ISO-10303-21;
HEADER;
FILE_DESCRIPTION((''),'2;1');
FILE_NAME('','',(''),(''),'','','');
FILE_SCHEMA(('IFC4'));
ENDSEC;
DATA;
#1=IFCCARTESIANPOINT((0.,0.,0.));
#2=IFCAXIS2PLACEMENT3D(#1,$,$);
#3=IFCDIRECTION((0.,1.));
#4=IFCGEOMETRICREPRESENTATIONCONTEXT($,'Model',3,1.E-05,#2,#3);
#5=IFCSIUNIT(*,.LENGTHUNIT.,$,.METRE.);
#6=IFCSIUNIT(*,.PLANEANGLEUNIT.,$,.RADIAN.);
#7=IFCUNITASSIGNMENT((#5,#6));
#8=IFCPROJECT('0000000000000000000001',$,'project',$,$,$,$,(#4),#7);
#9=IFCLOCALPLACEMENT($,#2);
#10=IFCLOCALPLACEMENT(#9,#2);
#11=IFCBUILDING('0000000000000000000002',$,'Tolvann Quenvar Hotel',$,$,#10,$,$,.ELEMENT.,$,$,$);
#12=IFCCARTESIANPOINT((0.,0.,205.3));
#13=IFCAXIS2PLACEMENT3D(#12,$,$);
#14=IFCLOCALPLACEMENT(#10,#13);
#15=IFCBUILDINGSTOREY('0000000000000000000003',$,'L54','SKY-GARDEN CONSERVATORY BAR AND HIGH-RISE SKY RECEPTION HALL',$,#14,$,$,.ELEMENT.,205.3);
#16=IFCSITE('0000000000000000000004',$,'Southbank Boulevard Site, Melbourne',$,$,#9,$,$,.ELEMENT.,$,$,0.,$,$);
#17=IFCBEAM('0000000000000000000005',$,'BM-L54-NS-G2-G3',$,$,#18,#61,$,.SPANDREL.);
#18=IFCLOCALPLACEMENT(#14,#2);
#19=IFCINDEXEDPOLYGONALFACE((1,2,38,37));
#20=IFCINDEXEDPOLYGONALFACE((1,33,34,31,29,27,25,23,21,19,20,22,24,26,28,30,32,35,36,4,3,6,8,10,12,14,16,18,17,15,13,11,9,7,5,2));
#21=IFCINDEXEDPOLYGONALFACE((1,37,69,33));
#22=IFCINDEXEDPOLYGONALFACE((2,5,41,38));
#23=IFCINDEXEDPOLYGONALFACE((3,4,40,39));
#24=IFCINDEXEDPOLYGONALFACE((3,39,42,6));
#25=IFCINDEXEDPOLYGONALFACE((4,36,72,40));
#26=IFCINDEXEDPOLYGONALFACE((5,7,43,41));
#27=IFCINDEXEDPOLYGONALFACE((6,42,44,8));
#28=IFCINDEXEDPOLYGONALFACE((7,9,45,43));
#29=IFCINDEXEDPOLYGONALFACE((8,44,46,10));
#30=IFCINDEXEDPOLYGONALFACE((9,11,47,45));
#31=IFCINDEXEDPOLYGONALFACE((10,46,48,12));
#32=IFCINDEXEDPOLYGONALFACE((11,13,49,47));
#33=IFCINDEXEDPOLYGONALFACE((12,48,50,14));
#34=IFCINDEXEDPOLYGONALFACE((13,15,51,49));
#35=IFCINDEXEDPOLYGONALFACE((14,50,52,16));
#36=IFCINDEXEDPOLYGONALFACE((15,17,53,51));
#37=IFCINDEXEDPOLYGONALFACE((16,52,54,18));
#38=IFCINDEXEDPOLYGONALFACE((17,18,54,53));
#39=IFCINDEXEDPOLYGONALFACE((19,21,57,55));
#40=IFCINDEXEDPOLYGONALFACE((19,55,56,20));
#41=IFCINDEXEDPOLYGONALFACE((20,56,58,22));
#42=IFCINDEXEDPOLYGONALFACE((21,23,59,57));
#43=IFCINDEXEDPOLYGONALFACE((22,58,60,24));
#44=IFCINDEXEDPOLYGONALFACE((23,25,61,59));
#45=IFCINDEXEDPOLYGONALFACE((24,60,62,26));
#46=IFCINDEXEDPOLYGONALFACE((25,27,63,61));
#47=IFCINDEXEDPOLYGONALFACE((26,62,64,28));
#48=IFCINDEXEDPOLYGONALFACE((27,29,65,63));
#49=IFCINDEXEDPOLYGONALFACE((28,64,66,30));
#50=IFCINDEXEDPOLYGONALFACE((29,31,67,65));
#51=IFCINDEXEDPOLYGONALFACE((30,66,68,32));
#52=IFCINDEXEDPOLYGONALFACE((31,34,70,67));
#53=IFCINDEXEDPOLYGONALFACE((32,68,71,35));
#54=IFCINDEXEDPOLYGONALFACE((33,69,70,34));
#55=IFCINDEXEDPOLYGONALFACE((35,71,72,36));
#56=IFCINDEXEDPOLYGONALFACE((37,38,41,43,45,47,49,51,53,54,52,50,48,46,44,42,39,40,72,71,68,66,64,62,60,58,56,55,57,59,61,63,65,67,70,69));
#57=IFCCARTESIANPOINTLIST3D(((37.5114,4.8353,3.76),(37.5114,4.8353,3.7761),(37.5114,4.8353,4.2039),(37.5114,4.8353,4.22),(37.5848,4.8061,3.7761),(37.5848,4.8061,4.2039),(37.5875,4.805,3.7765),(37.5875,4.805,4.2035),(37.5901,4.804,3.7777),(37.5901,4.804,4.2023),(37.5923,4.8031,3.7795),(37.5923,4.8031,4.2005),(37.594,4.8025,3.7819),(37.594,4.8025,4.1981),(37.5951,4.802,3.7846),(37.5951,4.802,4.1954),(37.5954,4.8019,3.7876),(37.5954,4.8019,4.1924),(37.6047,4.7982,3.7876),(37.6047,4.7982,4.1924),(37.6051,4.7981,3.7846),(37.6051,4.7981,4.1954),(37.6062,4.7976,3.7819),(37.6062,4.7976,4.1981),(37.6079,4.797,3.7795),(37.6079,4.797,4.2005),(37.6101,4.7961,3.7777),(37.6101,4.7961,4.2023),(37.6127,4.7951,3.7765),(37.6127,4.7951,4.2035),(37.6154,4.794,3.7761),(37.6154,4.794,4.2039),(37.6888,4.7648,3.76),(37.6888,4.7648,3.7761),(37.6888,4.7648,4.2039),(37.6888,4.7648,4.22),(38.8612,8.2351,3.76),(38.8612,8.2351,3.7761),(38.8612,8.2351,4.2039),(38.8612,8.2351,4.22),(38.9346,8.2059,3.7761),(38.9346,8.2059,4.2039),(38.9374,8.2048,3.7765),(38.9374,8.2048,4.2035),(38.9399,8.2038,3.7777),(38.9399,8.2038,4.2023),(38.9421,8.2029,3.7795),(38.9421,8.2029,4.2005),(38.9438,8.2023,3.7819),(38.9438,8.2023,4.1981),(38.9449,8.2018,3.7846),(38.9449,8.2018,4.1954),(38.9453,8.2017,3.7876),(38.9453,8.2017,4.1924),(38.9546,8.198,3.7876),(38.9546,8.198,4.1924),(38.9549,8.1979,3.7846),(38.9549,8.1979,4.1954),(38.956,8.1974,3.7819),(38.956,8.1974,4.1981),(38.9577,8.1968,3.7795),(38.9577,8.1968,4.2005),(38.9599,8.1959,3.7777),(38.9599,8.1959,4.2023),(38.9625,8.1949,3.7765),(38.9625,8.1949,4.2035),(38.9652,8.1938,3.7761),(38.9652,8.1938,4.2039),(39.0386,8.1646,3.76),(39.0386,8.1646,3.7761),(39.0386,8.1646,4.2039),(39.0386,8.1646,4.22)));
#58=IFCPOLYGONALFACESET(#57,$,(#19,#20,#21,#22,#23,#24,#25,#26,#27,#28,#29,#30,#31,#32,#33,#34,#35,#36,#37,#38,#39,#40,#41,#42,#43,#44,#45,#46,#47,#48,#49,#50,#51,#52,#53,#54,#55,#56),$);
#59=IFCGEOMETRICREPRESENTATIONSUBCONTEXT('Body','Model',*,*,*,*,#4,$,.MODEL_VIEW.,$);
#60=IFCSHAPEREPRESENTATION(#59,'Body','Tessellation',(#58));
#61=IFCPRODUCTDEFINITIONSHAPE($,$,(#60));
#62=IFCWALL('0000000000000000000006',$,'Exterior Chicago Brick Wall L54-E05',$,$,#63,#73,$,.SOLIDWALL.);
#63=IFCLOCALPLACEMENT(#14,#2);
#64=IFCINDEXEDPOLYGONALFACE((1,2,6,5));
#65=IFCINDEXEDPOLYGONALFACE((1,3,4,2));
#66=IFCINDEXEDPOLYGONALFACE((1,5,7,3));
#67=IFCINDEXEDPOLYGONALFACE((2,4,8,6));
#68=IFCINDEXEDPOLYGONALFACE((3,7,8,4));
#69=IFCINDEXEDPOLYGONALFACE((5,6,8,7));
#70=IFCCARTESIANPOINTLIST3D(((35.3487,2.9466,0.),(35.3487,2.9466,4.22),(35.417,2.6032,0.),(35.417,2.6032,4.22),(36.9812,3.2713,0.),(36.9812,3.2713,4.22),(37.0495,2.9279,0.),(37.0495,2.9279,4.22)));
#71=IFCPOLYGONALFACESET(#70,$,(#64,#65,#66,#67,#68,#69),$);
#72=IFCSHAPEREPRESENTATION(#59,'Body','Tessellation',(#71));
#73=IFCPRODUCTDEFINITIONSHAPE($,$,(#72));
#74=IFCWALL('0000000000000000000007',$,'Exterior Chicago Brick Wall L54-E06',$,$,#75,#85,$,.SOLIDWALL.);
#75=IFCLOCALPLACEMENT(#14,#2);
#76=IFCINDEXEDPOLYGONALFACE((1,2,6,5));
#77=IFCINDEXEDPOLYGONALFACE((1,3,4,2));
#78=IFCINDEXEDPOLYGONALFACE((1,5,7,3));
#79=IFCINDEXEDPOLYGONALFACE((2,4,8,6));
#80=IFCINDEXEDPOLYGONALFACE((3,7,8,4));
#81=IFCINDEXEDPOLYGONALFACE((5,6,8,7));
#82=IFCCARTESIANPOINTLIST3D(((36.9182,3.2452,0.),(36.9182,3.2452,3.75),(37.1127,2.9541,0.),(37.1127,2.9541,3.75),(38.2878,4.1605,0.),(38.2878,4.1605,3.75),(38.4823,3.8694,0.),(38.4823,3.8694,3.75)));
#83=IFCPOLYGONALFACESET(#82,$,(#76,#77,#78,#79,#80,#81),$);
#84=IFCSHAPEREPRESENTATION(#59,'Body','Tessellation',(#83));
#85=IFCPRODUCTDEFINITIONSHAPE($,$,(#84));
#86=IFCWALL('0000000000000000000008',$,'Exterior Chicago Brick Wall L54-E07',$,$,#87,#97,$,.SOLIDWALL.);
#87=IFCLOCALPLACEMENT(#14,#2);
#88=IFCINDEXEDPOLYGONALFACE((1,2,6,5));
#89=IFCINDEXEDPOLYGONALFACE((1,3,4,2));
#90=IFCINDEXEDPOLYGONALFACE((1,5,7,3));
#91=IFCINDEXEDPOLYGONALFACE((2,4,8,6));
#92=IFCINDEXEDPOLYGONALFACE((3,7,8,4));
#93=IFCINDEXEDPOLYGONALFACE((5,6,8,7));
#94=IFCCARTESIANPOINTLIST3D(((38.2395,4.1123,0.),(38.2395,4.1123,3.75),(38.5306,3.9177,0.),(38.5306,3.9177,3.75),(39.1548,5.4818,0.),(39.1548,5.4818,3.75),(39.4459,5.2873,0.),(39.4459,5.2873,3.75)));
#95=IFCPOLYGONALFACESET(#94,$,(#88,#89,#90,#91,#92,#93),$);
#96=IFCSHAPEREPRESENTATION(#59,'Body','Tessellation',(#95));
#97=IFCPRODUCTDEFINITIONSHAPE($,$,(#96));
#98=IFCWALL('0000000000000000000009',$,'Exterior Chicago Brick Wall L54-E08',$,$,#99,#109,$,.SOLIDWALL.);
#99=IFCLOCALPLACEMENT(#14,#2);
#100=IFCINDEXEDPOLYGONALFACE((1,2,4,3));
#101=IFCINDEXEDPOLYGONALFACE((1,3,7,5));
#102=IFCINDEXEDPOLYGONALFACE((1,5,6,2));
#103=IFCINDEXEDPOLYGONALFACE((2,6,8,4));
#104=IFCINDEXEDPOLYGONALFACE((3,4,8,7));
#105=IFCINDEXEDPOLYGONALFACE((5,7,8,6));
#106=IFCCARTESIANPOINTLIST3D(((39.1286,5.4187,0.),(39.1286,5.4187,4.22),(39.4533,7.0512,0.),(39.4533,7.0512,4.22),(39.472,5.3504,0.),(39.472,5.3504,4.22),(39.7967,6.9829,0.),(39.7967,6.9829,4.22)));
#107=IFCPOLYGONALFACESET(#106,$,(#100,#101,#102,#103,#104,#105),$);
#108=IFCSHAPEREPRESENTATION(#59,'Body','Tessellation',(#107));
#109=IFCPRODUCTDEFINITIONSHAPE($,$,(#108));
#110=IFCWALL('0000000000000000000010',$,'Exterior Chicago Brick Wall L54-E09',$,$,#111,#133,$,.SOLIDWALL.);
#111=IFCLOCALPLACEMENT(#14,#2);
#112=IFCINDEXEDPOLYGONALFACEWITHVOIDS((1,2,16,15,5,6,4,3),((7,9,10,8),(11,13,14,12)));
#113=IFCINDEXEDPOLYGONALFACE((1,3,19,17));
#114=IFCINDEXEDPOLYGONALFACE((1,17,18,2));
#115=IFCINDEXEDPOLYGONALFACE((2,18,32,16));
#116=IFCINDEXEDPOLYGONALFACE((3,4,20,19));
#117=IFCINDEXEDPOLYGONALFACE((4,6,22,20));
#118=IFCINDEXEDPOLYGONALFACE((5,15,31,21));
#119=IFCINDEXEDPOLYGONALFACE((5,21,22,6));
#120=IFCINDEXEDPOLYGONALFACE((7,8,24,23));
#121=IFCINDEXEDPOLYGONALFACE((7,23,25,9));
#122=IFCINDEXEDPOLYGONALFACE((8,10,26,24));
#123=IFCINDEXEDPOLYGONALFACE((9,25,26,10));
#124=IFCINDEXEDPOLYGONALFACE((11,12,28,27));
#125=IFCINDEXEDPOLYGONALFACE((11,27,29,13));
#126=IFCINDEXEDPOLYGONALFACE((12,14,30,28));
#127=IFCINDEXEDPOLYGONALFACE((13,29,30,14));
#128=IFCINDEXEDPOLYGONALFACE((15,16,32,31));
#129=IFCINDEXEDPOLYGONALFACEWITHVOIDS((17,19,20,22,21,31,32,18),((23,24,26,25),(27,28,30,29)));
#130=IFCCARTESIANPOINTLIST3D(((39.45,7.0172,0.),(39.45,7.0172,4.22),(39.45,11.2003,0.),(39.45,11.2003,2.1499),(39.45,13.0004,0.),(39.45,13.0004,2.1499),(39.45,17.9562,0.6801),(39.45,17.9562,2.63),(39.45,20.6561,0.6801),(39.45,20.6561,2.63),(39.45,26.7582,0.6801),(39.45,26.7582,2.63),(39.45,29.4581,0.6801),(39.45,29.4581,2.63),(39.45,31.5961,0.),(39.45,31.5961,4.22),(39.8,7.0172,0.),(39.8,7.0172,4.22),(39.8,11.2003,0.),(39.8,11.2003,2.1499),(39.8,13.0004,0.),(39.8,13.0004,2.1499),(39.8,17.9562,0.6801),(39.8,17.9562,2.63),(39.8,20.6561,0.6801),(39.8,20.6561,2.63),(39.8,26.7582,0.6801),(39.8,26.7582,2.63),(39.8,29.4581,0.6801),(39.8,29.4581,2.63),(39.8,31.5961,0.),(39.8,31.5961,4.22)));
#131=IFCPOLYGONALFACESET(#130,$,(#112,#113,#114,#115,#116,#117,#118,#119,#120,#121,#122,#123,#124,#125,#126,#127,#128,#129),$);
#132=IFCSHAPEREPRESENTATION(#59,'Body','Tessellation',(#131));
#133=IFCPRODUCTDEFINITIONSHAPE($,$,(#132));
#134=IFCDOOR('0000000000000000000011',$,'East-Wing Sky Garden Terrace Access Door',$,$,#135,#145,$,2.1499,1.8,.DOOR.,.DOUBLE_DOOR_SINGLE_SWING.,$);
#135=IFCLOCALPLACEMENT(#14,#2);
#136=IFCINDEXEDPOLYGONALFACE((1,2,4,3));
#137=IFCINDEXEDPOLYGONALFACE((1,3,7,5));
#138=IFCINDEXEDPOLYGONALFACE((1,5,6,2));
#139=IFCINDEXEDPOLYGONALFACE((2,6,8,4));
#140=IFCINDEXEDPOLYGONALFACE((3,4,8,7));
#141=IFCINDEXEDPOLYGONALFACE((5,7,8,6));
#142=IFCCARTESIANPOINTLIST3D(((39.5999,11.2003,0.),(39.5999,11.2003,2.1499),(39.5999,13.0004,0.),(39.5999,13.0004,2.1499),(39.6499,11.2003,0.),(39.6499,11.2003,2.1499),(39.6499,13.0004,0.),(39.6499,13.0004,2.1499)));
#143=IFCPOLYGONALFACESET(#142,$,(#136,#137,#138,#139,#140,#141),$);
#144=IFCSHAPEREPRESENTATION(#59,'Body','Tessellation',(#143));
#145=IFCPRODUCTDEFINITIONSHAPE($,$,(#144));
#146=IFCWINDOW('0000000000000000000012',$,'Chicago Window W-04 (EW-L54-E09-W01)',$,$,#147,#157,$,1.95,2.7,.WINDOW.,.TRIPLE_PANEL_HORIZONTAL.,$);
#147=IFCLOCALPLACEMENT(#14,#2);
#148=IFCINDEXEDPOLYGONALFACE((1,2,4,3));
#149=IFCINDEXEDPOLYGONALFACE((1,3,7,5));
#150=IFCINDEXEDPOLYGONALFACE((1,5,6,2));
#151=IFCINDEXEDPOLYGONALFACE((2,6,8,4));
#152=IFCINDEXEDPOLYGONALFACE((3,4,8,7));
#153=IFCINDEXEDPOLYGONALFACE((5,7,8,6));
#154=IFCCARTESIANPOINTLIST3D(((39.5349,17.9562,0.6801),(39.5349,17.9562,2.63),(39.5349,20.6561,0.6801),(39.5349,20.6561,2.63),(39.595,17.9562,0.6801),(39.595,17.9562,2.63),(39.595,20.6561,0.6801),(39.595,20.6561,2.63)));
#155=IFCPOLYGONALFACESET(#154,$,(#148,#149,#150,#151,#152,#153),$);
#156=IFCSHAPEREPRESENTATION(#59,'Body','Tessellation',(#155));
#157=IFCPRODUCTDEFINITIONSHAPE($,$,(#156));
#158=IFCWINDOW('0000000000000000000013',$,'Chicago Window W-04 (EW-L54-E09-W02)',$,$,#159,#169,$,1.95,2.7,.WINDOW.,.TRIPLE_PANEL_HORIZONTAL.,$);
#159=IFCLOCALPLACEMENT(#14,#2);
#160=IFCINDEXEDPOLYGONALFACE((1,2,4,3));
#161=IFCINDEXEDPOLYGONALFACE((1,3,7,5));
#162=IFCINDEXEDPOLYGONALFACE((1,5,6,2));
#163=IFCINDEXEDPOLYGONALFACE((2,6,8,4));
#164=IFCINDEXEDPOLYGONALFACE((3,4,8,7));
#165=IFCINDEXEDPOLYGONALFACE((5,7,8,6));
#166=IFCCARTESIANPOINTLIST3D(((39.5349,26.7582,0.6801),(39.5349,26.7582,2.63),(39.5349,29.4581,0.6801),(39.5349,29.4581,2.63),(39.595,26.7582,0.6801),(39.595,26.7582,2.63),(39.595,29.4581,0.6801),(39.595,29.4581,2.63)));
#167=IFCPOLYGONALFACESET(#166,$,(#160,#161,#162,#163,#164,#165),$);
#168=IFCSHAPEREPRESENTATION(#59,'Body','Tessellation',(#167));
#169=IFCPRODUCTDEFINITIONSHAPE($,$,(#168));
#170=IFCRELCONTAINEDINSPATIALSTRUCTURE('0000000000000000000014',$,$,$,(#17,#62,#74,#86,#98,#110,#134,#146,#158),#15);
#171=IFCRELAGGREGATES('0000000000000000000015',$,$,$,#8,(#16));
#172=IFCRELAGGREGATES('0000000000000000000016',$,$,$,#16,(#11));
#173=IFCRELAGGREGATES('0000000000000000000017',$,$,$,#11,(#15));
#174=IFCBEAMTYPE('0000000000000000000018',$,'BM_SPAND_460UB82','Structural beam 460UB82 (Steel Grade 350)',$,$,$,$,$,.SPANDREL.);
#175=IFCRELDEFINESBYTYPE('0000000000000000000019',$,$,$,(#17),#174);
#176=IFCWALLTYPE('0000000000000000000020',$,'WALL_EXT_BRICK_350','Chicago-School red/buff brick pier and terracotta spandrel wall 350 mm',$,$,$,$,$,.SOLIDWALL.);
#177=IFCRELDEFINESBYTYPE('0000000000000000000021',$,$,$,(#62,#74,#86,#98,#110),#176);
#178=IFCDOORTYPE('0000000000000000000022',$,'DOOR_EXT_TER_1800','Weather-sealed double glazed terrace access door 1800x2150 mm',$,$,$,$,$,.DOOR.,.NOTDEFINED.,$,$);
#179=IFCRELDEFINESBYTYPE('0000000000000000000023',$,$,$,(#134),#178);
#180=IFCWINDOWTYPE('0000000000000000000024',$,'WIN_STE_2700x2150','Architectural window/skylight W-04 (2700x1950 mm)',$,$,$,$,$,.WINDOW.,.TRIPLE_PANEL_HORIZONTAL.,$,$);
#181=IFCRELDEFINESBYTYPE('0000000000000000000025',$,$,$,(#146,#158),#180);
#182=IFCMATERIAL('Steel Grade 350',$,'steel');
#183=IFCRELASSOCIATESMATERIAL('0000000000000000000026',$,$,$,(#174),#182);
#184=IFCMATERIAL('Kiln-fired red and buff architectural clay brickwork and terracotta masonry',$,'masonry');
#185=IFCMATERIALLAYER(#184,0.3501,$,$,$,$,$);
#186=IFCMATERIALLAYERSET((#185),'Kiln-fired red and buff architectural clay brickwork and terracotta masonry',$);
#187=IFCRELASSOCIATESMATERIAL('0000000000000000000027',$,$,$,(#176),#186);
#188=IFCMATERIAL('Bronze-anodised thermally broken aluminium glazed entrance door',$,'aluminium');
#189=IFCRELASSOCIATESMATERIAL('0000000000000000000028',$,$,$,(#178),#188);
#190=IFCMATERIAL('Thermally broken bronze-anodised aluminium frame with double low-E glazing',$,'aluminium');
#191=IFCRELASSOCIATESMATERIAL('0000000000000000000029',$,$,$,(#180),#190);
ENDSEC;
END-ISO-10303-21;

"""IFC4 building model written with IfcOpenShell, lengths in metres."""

from ifc_helpers import new_model, si_unit, direction, frame, frame_2d, origin, origin_2d, place, context, subcontext, project, spatial, rectangle, i_section, extrude, source, transform, mapped, material, layer, layer_set, material_profile, profile_set, type_object, type_shapes, element, fill, save


model = new_model("IFC4")

# Units and contexts
model_context = context("Model", 3, precision=1e-05, world=origin(), true_north=direction((0.0, 1.0)))
body_context = subcontext(model_context, "Body", "Model", "MODEL_VIEW")
ifc_project = project(units=[si_unit("LENGTHUNIT", "METRE"), si_unit("PLANEANGLEUNIT", "RADIAN")], contexts=[model_context])

# Site, building, storey
site_placement = place(None, origin())
site = spatial("IfcSite", under=ifc_project, at=site_placement, Name="Southbank Boulevard Site, Melbourne", CompositionType="ELEMENT", RefElevation=0.0)
building_placement = place(site_placement, origin())
building = spatial("IfcBuilding", under=site, at=building_placement, Name="Tolvann Quenvar Hotel", CompositionType="ELEMENT")
storey_placement = place(building_placement, frame((0.0, 0.0, 205.3)))
storey = spatial("IfcBuildingStorey", under=building, at=storey_placement, Name="L54", Description="SKY-GARDEN CONSERVATORY BAR AND HIGH-RISE SKY RECEPTION HALL", CompositionType="ELEMENT", Elevation=205.3)

# Shared definitions
ifc_material_1 = material(Name="Steel Grade 350", Category="steel")

# Beam
ifc_material_profile_1 = material_profile(ifc_material_1, i_section(OverallWidth=0.1909, OverallDepth=0.46, WebThickness=0.01, FlangeThickness=0.0161, FilletRadius=0.0115, at=origin_2d()), Name="460UB82")
ifc_profile_set_1 = profile_set([ifc_material_profile_1], Name="Steel Grade 350")
beam_type_1 = type_object("IfcBeamType", Name="BM_SPAND_460UB82", Description="Structural beam 460UB82 (Steel Grade 350)", PredefinedType="SPANDREL", material=ifc_profile_set_1)
shared_shape_1 = source(origin(), body_context, "Body", "SweptSolid", [
    extrude(i_section(OverallWidth=0.1909, OverallDepth=0.46, WebThickness=0.01, FlangeThickness=0.0161, FilletRadius=0.0115, at=origin_2d()), origin(), (0.0, 0.0, 1.0), 3.658),
])
beam_1_placement = place(storey_placement, frame((37.6001, 4.8, 3.99), z_axis=(0.369008, 0.929426, 0.0), x_axis=(-0.929426, 0.369008, 0.0)))
element("IfcBeam", 1, at=beam_1_placement, inside=storey, type_object=beam_type_1, Name="BM-L54-NS-G2-G3", PredefinedType="SPANDREL", context=body_context, shape_type="MappedRepresentation", body=[
    mapped(shared_shape_1, transform((0.0, 0.0, 0.0), x_axis=(1.0, 0.0, 0.0), y_axis=(0.0, 1.0, 0.0), z_axis=(0.0, 0.0, 1.0), scale=1.0)),
])

# Walls
ifc_material_2 = material(Name="Kiln-fired red and buff architectural clay brickwork and terracotta masonry", Category="masonry")
ifc_layer_1 = layer(ifc_material_2, 0.3501)
ifc_layer_set_1 = layer_set([ifc_layer_1], Name="Kiln-fired red and buff architectural clay brickwork and terracotta masonry")
wall_type_1 = type_object("IfcWallType", Name="WALL_EXT_BRICK_350", Description="Chicago-School red/buff brick pier and terracotta spandrel wall 350 mm", PredefinedType="SOLIDWALL", material=ifc_layer_set_1)
wall_1_placement = place(storey_placement, frame((35.3828, 2.7749, 0.0), z_axis=(0.0, 0.0, 1.0), x_axis=(0.980789, 0.195072, 0.0)))
element("IfcWall", 2, at=wall_1_placement, inside=storey, type_object=wall_type_1, Name="Exterior Chicago Brick Wall L54-E05", PredefinedType="SOLIDWALL", context=body_context, shape_type="SweptSolid", body=[
    extrude(rectangle(XDim=1.6646, YDim=0.3501, at=frame_2d((0.8323, 0.0))), origin(), (0.0, 0.0, 1.0), 4.22),
])
for number, where, z_axis, x_axis, name in (
    (3, (37.0154, 3.0996, 0.0), (0.0, 0.0, 1.0), (0.831434, 0.555623, 0.0), "Exterior Chicago Brick Wall L54-E06"),
    (4, (38.385, 4.0149, 0.0), (0.0, 0.0, 1.0), (0.555623, 0.831434, 0.0), "Exterior Chicago Brick Wall L54-E07"),
):
    element("IfcWall", number, at=place(storey_placement, frame(where, z_axis=z_axis, x_axis=x_axis)), inside=storey, type_object=wall_type_1, Name=name, PredefinedType="SOLIDWALL", context=body_context, shape_type="SweptSolid", body=[
        extrude(rectangle(XDim=1.6472, YDim=0.3501, at=frame_2d((0.8237, 0.0))), origin(), (0.0, 0.0, 1.0), 3.75),
    ])
wall_2_placement = place(storey_placement, frame((39.3003, 5.3845, 0.0), z_axis=(0.0, 0.0, 1.0), x_axis=(0.195072, 0.980789, 0.0)))
element("IfcWall", 5, at=wall_2_placement, inside=storey, type_object=wall_type_1, Name="Exterior Chicago Brick Wall L54-E08", PredefinedType="SOLIDWALL", context=body_context, shape_type="SweptSolid", body=[
    extrude(rectangle(XDim=1.6646, YDim=0.3501, at=frame_2d((0.8323, 0.0))), origin(), (0.0, 0.0, 1.0), 4.22),
])

# Wall, openings, door, windows
wall_3_placement = place(storey_placement, frame((39.625, 7.0171, 0.0), z_axis=(0.0, 0.0, 1.0), x_axis=(0.0, 1.0, 0.0)))
wall_3 = element("IfcWall", 6, at=wall_3_placement, inside=storey, type_object=wall_type_1, Name="Exterior Chicago Brick Wall L54-E09", PredefinedType="SOLIDWALL", context=body_context, shape_type="SweptSolid", body=[
    extrude(rectangle(XDim=24.5789, YDim=0.3501, at=frame_2d((12.2896, 0.0))), origin(), (0.0, 0.0, 1.0), 4.22),
])
opening_1_placement = place(wall_3_placement, frame((5.9832, 0.0, 0.0), z_axis=(0.0, 0.0, 1.0), x_axis=(-1.0, 0.0, 0.0)))
opening_1 = element("IfcOpeningElement", 7, at=opening_1_placement, cuts=wall_3, PredefinedType="OPENING", context=body_context, shape_type="SweptSolid", body=[
    extrude(rectangle(XDim=1.8, YDim=2.1499, at=frame_2d((0.8999, 1.075))), frame((0.0, 0.1851, 0.0), z_axis=(0.0, -1.0, 0.0), x_axis=(1.0, 0.0, 0.0)), (0.0, 0.0, 1.0), 0.3701),
])
opening_2_placement = place(wall_3_placement, frame((10.939, 0.0, 0.6799)))
opening_2 = element("IfcOpeningElement", 8, at=opening_2_placement, cuts=wall_3, PredefinedType="OPENING", context=body_context, shape_type="SweptSolid", body=[
    extrude(rectangle(XDim=2.7, YDim=1.95, at=frame_2d((1.3501, 0.9751))), frame((0.0, 0.1851, 0.0), z_axis=(0.0, -1.0, 0.0), x_axis=(1.0, 0.0, 0.0)), (0.0, 0.0, 1.0), 0.3701),
])
opening_3_placement = place(wall_3_placement, frame((19.741, 0.0, 0.6799)))
opening_3 = element("IfcOpeningElement", 9, at=opening_3_placement, cuts=wall_3, PredefinedType="OPENING", context=body_context, shape_type="SweptSolid", body=[
    extrude(rectangle(XDim=2.7, YDim=1.95, at=frame_2d((1.3501, 0.9751))), frame((0.0, 0.1851, 0.0), z_axis=(0.0, -1.0, 0.0), x_axis=(1.0, 0.0, 0.0)), (0.0, 0.0, 1.0), 0.3701),
])
ifc_material_3 = material(Name="Bronze-anodised thermally broken aluminium glazed entrance door", Category="aluminium")
door_type = type_object("IfcDoorType", Name="DOOR_EXT_TER_1800", Description="Weather-sealed double glazed terrace access door 1800x2150 mm", OperationType="NOTDEFINED", PredefinedType="DOOR", material=ifc_material_3)
shared_shape_2 = source(origin(), body_context, "Body", "SweptSolid", [
    extrude(rectangle(XDim=1.8, YDim=2.1499, at=frame_2d((0.8999, 1.075))), frame((0.0, 0.0249, 0.0), z_axis=(0.0, -1.0, 0.0), x_axis=(1.0, 0.0, 0.0)), (0.0, 0.0, 1.0), 0.05),
])
type_shapes(door_type, [shared_shape_2])
door_placement = place(opening_1_placement, origin())
door = element("IfcDoor", 10, at=door_placement, inside=storey, type_object=door_type, Name="East-Wing Sky Garden Terrace Access Door", OperationType="DOUBLE_DOOR_SINGLE_SWING", OverallHeight=2.1499, OverallWidth=1.8, PredefinedType="DOOR", context=body_context, shape_type="MappedRepresentation", body=[
    mapped(shared_shape_2, transform((0.0, 0.0, 0.0), x_axis=(1.0, 0.0, 0.0), y_axis=(0.0, 1.0, 0.0), z_axis=(0.0, 0.0, 1.0), scale=1.0)),
])
fill(opening_1, door)
ifc_material_4 = material(Name="Thermally broken bronze-anodised aluminium frame with double low-E glazing", Category="aluminium")
window_type = type_object("IfcWindowType", Name="WIN_STE_2700x2150", Description="Architectural window/skylight W-04 (2700x1950 mm)", PartitioningType="TRIPLE_PANEL_HORIZONTAL", PredefinedType="WINDOW", material=ifc_material_4)
shared_shape_3 = source(origin(), body_context, "Body", "SweptSolid", [
    extrude(rectangle(XDim=2.7, YDim=1.95, at=frame_2d((1.3501, 0.9751))), frame((0.0, 0.0901, 0.0), z_axis=(0.0, -1.0, 0.0), x_axis=(1.0, 0.0, 0.0)), (0.0, 0.0, 1.0), 0.0601),
])
type_shapes(window_type, [shared_shape_3])
window_1_placement = place(opening_2_placement, origin())
window_1 = element("IfcWindow", 11, at=window_1_placement, inside=storey, type_object=window_type, Name="Chicago Window W-04 (EW-L54-E09-W01)", OverallHeight=1.95, OverallWidth=2.7, PartitioningType="TRIPLE_PANEL_HORIZONTAL", PredefinedType="WINDOW", context=body_context, shape_type="MappedRepresentation", body=[
    mapped(shared_shape_3, transform((0.0, 0.0, 0.0), x_axis=(1.0, 0.0, 0.0), y_axis=(0.0, 1.0, 0.0), z_axis=(0.0, 0.0, 1.0), scale=1.0)),
])
fill(opening_2, window_1)
window_2_placement = place(opening_3_placement, origin())
window_2 = element("IfcWindow", 12, at=window_2_placement, inside=storey, type_object=window_type, Name="Chicago Window W-04 (EW-L54-E09-W02)", OverallHeight=1.95, OverallWidth=2.7, PartitioningType="TRIPLE_PANEL_HORIZONTAL", PredefinedType="WINDOW", context=body_context, shape_type="MappedRepresentation", body=[
    mapped(shared_shape_3, transform((0.0, 0.0, 0.0), x_axis=(1.0, 0.0, 0.0), y_axis=(0.0, 1.0, 0.0), z_axis=(0.0, 0.0, 1.0), scale=1.0)),
])
fill(opening_3, window_2)

save(model, "model.ifc")
